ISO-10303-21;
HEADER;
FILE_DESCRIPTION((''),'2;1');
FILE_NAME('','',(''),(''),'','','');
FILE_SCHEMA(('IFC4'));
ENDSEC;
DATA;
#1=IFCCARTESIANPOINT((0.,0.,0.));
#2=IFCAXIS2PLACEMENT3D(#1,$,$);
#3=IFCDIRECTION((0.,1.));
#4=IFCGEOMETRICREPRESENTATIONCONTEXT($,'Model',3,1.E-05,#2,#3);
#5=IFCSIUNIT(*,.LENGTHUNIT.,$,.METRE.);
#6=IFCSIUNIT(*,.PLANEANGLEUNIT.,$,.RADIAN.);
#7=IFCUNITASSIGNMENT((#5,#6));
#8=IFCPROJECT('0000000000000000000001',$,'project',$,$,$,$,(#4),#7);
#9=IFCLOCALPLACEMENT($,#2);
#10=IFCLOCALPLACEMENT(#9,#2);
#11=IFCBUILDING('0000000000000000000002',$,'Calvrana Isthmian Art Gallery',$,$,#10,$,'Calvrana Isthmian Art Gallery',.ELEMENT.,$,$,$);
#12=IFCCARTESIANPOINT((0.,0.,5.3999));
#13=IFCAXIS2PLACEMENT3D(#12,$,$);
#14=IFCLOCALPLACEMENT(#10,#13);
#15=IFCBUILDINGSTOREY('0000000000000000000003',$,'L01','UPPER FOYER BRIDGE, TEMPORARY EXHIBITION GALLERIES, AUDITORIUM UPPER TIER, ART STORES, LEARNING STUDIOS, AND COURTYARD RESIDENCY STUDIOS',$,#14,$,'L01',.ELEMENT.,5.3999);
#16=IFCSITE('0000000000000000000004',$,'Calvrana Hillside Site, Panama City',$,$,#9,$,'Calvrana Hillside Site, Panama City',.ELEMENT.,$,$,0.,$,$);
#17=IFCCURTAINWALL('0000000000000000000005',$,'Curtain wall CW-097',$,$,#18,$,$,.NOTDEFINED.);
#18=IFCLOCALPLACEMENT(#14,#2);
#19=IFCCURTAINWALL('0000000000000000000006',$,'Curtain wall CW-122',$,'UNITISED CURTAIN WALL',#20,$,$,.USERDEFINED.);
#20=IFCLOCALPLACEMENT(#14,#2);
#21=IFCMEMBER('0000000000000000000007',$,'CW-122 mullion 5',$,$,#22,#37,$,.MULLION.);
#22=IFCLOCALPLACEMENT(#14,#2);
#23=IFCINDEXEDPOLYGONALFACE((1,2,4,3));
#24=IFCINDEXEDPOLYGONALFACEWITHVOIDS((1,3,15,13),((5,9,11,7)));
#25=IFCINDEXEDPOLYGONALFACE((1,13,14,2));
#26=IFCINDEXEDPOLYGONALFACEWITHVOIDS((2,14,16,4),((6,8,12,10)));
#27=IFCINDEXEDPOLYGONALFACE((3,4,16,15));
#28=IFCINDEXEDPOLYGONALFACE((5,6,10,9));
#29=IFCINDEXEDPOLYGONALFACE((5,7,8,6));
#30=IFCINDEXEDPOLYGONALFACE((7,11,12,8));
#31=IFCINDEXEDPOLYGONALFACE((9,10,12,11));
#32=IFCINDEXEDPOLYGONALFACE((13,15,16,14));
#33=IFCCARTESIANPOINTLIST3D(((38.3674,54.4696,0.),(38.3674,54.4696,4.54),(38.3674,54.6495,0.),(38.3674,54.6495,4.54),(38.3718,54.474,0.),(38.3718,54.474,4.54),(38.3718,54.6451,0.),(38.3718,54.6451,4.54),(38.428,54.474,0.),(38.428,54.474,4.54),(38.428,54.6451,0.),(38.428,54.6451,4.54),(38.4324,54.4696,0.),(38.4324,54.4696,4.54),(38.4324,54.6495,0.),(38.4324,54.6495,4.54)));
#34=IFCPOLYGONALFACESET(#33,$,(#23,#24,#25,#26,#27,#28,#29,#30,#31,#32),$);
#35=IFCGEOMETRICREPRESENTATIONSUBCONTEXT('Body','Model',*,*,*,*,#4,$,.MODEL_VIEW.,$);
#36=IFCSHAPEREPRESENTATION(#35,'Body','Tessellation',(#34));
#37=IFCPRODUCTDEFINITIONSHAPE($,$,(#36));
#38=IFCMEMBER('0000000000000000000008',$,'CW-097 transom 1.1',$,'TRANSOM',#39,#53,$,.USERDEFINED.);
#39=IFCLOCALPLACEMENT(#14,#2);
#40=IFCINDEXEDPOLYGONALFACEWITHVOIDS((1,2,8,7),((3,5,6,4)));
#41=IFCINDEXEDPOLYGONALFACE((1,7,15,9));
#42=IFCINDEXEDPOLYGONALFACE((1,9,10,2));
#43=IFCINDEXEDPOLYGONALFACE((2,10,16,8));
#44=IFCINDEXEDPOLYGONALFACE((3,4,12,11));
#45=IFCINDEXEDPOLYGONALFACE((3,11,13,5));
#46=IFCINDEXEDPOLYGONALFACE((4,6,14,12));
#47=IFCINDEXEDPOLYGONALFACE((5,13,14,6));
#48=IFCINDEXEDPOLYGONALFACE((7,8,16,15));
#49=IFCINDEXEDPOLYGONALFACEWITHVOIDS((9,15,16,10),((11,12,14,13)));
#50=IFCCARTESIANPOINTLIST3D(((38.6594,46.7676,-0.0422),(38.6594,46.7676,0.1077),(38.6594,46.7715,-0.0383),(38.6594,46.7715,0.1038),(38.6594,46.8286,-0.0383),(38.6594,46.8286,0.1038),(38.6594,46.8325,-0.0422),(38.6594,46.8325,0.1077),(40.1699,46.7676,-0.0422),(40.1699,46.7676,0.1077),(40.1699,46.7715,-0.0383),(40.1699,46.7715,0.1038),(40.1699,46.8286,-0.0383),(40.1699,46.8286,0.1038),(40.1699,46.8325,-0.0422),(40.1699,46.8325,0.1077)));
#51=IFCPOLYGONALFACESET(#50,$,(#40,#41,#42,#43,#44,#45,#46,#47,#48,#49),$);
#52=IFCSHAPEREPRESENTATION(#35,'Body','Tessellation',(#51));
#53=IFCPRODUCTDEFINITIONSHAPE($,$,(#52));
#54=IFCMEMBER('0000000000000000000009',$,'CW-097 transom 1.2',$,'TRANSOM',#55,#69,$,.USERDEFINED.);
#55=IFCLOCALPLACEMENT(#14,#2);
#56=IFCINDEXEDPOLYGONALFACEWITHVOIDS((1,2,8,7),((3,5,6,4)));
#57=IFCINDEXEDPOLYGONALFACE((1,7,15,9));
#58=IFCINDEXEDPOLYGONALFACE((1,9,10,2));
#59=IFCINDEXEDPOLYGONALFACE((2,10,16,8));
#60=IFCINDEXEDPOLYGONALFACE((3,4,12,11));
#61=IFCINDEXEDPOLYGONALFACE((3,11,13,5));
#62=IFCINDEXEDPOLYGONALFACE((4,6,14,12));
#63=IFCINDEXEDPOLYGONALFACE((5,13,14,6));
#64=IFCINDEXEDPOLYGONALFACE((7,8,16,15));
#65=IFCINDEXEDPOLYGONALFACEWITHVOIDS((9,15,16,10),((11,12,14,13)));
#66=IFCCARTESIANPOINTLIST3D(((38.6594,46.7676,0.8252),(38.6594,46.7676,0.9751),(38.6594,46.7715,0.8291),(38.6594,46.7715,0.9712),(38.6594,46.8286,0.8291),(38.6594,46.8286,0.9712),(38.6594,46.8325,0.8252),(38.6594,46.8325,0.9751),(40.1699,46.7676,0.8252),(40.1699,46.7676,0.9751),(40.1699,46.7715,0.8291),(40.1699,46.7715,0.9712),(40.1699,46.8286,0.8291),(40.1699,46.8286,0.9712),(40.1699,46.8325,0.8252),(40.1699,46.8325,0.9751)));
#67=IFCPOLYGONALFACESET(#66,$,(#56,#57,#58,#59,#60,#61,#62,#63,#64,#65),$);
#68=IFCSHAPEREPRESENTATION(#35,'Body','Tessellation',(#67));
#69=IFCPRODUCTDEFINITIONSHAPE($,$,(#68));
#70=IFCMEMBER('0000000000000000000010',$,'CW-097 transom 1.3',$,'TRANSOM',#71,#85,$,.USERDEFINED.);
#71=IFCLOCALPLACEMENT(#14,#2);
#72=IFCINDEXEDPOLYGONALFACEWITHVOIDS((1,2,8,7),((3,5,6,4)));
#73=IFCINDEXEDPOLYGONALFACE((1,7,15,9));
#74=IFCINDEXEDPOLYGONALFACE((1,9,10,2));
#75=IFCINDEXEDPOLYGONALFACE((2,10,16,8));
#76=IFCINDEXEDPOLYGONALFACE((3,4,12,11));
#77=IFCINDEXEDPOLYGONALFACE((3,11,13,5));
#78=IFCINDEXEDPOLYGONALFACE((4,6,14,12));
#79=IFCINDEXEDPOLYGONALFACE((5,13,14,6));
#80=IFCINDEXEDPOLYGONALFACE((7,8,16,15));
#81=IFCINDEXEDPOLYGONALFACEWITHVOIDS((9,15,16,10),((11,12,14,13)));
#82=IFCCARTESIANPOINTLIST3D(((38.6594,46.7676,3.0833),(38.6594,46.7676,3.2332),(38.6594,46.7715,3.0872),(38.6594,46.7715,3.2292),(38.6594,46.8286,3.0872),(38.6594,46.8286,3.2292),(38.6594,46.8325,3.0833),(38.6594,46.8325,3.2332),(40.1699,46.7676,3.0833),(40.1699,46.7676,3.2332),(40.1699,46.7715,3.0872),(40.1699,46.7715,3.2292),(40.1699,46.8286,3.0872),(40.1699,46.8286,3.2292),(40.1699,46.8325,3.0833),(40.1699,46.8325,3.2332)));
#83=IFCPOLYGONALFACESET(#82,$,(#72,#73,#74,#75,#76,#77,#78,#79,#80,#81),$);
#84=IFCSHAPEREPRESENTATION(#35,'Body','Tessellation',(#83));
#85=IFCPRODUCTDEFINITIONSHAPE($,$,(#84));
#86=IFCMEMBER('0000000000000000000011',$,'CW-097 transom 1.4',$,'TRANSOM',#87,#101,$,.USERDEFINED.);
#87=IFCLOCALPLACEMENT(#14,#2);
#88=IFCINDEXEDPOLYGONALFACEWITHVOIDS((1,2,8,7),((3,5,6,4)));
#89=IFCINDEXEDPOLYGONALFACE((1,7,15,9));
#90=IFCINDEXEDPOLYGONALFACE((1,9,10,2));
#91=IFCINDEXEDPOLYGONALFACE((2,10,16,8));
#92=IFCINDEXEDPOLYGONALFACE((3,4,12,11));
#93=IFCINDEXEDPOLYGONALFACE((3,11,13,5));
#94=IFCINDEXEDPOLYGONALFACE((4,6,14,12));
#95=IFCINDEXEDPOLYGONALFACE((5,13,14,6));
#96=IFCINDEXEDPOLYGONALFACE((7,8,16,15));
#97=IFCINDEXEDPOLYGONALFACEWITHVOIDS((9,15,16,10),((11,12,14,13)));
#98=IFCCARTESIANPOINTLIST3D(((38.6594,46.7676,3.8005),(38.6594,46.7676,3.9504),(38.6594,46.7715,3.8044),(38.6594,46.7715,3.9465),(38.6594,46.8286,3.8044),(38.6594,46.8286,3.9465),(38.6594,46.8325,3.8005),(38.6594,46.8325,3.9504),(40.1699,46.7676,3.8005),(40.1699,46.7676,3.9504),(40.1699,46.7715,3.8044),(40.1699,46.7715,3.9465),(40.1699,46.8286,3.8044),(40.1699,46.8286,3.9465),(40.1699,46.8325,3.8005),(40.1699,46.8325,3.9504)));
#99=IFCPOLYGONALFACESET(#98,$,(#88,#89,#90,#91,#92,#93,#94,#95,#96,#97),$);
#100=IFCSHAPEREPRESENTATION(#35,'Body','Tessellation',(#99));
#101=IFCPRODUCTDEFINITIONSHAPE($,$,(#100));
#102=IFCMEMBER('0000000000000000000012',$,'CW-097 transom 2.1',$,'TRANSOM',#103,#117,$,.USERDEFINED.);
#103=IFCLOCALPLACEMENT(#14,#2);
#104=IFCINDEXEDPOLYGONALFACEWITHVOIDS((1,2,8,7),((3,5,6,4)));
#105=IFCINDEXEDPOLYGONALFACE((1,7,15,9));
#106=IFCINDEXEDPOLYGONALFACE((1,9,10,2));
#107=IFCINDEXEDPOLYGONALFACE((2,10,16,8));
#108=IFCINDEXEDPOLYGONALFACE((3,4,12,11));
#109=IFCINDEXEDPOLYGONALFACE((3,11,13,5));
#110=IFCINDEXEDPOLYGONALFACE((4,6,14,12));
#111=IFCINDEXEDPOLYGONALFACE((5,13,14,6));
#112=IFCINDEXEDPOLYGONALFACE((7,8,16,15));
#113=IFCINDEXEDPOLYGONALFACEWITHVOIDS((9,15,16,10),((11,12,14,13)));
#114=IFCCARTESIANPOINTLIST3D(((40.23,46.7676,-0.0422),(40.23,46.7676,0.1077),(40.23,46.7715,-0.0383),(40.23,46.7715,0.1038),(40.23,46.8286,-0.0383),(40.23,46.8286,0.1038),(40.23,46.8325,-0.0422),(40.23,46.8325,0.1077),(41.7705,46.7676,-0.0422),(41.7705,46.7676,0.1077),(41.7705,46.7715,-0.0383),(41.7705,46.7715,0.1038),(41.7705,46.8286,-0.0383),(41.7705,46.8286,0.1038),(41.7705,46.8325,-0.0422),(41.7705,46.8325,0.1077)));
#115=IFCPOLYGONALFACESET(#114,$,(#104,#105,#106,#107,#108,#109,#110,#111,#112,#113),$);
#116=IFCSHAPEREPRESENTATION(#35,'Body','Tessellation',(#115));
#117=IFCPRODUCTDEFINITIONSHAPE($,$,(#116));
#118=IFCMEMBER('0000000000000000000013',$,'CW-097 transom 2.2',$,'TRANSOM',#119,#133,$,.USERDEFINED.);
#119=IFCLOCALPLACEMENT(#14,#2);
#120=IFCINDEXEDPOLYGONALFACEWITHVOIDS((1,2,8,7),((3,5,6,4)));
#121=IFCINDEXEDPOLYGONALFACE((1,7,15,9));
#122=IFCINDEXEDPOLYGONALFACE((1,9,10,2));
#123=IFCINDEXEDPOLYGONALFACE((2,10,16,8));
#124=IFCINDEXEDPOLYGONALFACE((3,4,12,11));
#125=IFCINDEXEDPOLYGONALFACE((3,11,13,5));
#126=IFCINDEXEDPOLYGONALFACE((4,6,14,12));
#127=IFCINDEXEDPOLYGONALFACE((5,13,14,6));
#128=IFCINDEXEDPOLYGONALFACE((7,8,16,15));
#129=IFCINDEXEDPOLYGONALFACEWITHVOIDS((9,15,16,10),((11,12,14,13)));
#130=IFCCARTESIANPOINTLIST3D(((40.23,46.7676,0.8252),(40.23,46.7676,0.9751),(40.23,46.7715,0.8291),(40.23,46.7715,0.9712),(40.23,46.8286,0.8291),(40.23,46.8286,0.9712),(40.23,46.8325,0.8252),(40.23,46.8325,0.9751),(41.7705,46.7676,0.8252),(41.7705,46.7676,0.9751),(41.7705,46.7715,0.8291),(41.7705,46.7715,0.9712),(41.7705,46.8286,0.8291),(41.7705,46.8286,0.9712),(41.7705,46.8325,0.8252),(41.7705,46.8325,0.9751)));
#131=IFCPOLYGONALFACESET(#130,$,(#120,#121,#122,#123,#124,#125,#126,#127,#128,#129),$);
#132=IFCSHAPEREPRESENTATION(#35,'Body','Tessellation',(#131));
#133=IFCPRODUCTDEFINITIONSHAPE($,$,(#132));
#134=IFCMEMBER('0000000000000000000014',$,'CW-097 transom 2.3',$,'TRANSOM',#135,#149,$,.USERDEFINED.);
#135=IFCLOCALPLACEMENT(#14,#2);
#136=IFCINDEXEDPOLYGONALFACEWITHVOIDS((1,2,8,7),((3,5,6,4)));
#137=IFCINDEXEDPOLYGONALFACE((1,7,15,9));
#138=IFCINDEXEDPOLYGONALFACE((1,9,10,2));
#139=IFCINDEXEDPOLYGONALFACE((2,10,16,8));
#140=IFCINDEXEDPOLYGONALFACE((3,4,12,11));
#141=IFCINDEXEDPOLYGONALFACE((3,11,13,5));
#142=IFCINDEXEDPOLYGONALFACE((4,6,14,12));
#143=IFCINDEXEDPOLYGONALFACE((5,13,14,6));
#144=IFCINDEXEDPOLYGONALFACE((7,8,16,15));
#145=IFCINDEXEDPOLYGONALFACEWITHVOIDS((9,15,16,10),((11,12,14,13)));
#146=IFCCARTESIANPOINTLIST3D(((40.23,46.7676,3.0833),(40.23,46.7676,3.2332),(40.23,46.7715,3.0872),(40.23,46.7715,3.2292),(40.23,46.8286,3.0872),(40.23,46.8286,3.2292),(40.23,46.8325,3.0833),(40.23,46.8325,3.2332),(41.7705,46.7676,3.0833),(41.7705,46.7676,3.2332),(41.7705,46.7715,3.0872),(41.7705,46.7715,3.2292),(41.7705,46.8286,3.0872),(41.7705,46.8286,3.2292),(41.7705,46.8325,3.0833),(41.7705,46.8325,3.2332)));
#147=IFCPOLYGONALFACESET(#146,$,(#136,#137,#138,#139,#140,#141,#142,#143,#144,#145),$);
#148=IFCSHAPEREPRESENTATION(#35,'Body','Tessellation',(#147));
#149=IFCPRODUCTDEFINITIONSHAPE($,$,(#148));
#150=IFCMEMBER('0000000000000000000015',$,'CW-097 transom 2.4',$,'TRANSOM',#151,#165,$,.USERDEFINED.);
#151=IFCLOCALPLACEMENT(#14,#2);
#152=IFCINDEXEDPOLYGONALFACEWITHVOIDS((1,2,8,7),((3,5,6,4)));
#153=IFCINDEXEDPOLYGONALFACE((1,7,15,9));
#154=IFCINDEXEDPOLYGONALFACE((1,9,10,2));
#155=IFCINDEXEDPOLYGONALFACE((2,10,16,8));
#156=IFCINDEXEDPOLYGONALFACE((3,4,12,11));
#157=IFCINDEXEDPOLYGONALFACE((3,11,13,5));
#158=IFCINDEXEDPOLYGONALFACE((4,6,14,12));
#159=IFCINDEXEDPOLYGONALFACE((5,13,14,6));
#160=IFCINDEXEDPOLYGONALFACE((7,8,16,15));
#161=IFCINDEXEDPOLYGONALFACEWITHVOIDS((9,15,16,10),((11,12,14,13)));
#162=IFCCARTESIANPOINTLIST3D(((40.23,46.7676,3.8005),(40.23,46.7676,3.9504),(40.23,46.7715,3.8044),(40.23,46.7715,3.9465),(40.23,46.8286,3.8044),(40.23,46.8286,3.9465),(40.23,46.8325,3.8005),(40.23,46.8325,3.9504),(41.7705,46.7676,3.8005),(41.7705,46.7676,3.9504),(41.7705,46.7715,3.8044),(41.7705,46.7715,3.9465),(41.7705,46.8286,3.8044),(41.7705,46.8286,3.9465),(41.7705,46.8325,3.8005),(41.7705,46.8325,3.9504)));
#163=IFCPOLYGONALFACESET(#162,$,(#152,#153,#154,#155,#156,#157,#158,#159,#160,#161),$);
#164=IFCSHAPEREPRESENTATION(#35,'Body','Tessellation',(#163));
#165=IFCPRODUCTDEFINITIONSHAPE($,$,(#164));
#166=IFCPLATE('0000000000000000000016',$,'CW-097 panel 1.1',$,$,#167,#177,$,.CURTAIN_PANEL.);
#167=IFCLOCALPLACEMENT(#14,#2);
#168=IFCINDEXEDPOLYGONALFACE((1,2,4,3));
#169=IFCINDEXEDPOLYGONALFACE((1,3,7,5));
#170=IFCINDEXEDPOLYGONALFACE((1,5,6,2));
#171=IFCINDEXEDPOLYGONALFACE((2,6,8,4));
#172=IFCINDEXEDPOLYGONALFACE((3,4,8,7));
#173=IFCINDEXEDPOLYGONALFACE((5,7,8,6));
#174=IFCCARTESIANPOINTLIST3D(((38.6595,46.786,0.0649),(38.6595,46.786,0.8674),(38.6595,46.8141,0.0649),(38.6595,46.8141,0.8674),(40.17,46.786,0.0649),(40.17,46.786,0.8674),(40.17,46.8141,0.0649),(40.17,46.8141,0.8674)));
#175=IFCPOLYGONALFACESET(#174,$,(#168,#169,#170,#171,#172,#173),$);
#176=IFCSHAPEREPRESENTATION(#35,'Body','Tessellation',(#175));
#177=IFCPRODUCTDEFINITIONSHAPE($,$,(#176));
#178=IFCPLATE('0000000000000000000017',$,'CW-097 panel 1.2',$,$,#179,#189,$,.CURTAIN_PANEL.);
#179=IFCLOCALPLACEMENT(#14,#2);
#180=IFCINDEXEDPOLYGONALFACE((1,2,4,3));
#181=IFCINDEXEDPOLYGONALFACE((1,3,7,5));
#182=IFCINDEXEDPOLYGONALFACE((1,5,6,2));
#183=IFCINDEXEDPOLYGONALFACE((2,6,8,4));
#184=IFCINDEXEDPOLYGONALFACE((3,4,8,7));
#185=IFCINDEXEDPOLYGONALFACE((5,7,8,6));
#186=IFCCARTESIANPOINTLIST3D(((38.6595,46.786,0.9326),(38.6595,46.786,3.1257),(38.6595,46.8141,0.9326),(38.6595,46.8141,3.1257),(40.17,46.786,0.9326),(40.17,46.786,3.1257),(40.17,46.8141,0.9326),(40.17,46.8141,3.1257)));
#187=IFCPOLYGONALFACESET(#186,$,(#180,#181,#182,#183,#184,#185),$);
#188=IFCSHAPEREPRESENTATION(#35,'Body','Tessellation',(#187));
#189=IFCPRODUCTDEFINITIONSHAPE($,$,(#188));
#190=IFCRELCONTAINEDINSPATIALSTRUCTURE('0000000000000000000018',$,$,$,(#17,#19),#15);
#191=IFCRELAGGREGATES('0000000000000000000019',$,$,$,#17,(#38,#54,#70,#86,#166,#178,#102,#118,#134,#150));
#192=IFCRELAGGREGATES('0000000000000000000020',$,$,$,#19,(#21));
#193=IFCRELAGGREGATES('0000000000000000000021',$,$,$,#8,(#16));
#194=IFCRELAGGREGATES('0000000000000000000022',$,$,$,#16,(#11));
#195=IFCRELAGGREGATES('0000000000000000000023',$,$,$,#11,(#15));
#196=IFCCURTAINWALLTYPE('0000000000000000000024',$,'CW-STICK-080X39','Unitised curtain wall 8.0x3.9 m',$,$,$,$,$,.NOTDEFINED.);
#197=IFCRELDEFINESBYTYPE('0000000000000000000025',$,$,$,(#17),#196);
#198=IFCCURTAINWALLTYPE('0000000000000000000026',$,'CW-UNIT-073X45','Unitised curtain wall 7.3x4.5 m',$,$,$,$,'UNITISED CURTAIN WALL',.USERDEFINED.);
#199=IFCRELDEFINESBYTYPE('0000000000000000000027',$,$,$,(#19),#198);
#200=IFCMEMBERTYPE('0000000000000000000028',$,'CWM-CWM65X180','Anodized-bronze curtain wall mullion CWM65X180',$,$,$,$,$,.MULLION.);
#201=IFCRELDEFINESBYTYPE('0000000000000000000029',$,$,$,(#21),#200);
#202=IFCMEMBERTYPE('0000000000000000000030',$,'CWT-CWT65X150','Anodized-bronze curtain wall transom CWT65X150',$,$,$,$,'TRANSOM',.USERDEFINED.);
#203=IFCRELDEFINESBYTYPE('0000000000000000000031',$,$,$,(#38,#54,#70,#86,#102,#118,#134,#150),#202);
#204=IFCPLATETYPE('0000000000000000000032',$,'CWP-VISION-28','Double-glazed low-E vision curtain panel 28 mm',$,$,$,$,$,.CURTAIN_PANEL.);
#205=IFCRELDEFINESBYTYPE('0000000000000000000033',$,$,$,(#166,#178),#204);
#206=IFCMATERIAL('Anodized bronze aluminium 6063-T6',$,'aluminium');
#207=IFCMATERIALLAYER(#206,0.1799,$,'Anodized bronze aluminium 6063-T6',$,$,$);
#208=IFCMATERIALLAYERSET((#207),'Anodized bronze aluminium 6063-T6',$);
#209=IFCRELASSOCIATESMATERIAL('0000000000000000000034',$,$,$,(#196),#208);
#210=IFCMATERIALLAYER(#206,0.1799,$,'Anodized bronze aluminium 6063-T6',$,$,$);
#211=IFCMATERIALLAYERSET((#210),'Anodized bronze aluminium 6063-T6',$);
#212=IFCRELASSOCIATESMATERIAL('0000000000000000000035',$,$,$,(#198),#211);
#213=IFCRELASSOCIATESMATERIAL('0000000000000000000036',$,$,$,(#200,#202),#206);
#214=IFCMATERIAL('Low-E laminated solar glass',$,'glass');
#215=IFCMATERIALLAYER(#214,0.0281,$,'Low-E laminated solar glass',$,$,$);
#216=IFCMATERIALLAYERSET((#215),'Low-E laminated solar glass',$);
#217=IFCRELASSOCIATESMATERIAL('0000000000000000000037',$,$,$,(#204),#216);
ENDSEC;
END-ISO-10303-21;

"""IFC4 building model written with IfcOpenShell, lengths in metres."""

from ifc_helpers import new_model, si_unit, direction, frame, origin, origin_2d, place, context, subcontext, project, spatial, rectangle, hollow_rectangle, extrude, material, layer, layer_set, material_profile, profile_set, type_object, element, aggregate, save


model = new_model("IFC4")

# Units and contexts
model_context = context("Model", 3, precision=1e-05, world=origin(), true_north=direction((0.0, 1.0)))
body_context = subcontext(model_context, "Body", "Model", "MODEL_VIEW")
ifc_project = project(units=[si_unit("LENGTHUNIT", "METRE"), si_unit("PLANEANGLEUNIT", "RADIAN")], contexts=[model_context])

# Site, building, storey
site_placement = place(None, origin())
site = spatial("IfcSite", under=ifc_project, at=site_placement, Name="Calvrana Hillside Site, Panama City", LongName="Calvrana Hillside Site, Panama City", CompositionType="ELEMENT", RefElevation=0.0)
building_placement = place(site_placement, origin())
building = spatial("IfcBuilding", under=site, at=building_placement, Name="Calvrana Isthmian Art Gallery", LongName="Calvrana Isthmian Art Gallery", CompositionType="ELEMENT")
storey_placement = place(building_placement, frame((0.0, 0.0, 5.3999)))
storey = spatial("IfcBuildingStorey", under=building, at=storey_placement, Name="L01", Description="UPPER FOYER BRIDGE, TEMPORARY EXHIBITION GALLERIES, AUDITORIUM UPPER TIER, ART STORES, LEARNING STUDIOS, AND COURTYARD RESIDENCY STUDIOS", LongName="L01", CompositionType="ELEMENT", Elevation=5.3999)

# Curtain wall
ifc_material_1 = material(Name="Anodized bronze aluminium 6063-T6", Category="aluminium")
ifc_layer_1 = layer(ifc_material_1, 0.1799, Name="Anodized bronze aluminium 6063-T6")
ifc_layer_set_1 = layer_set([ifc_layer_1], Name="Anodized bronze aluminium 6063-T6")
curtain_wall_type_1 = type_object("IfcCurtainWallType", Name="CW-STICK-080X39", Description="Unitised curtain wall 8.0x3.9 m", PredefinedType="NOTDEFINED", material=ifc_layer_set_1)
curtain_wall_1_placement = place(storey_placement, origin())
curtain_wall_1 = element("IfcCurtainWall", 1, at=curtain_wall_1_placement, inside=storey, type_object=curtain_wall_type_1, Name="Curtain wall CW-097", PredefinedType="NOTDEFINED")

# Curtain wall, member
ifc_layer_2 = layer(ifc_material_1, 0.1799, Name="Anodized bronze aluminium 6063-T6")
ifc_layer_set_2 = layer_set([ifc_layer_2], Name="Anodized bronze aluminium 6063-T6")
curtain_wall_type_2 = type_object("IfcCurtainWallType", Name="CW-UNIT-073X45", Description="Unitised curtain wall 7.3x4.5 m", ElementType="UNITISED CURTAIN WALL", PredefinedType="USERDEFINED", material=ifc_layer_set_2)
curtain_wall_2_placement = place(storey_placement, origin())
curtain_wall_2 = element("IfcCurtainWall", 2, at=curtain_wall_2_placement, inside=storey, type_object=curtain_wall_type_2, Name="Curtain wall CW-122", ObjectType="UNITISED CURTAIN WALL", PredefinedType="USERDEFINED")
ifc_material_profile_1 = material_profile(ifc_material_1, hollow_rectangle(XDim=0.0649, YDim=0.1799, WallThickness=0.0044, at=origin_2d()), Name="CWM65X180")
ifc_profile_set_1 = profile_set([ifc_material_profile_1], Name="Anodized bronze aluminium 6063-T6")
member_type_1 = type_object("IfcMemberType", Name="CWM-CWM65X180", Description="Anodized-bronze curtain wall mullion CWM65X180", PredefinedType="MULLION", material=ifc_profile_set_1)
member_1_placement = place(storey_placement, frame((38.3999, 54.5596, 0.0), z_axis=(0.0, 0.0, 1.0), x_axis=(1.0, 0.0, 0.0)))
member_1 = element("IfcMember", 3, at=member_1_placement, type_object=member_type_1, Name="CW-122 mullion 5", PredefinedType="MULLION", context=body_context, shape_type="SweptSolid", body=[
    extrude(hollow_rectangle(XDim=0.0649, YDim=0.1799, WallThickness=0.0044, at=origin_2d()), origin(), (0.0, 0.0, 1.0), 4.54),
])

# Members
ifc_material_profile_2 = material_profile(ifc_material_1, hollow_rectangle(XDim=0.0649, YDim=0.1499, WallThickness=0.0039, at=origin_2d()), Name="CWT65X150")
ifc_profile_set_2 = profile_set([ifc_material_profile_2], Name="Anodized bronze aluminium 6063-T6")
member_type_2 = type_object("IfcMemberType", Name="CWT-CWT65X150", Description="Anodized-bronze curtain wall transom CWT65X150", ElementType="TRANSOM", PredefinedType="USERDEFINED", material=ifc_profile_set_2)
member_2_placement = place(storey_placement, frame((38.6594, 46.8, 0.0327), z_axis=(1.0, 0.0, 0.0), x_axis=(0.0, 1.0, 0.0)))
member_2 = element("IfcMember", 4, at=member_2_placement, type_object=member_type_2, Name="CW-097 transom 1.1", ObjectType="TRANSOM", PredefinedType="USERDEFINED", context=body_context, shape_type="SweptSolid", body=[
    extrude(hollow_rectangle(XDim=0.0649, YDim=0.1499, WallThickness=0.0039, at=origin_2d()), origin(), (0.0, 0.0, 1.0), 1.5105),
])
member_3_placement = place(storey_placement, frame((38.6594, 46.8, 0.9001), z_axis=(1.0, 0.0, 0.0), x_axis=(0.0, 1.0, 0.0)))
member_3 = element("IfcMember", 5, at=member_3_placement, type_object=member_type_2, Name="CW-097 transom 1.2", ObjectType="TRANSOM", PredefinedType="USERDEFINED", context=body_context, shape_type="SweptSolid", body=[
    extrude(hollow_rectangle(XDim=0.0649, YDim=0.1499, WallThickness=0.0039, at=origin_2d()), origin(), (0.0, 0.0, 1.0), 1.5105),
])
member_4_placement = place(storey_placement, frame((38.6594, 46.8, 3.1582), z_axis=(1.0, 0.0, 0.0), x_axis=(0.0, 1.0, 0.0)))
member_4 = element("IfcMember", 6, at=member_4_placement, type_object=member_type_2, Name="CW-097 transom 1.3", ObjectType="TRANSOM", PredefinedType="USERDEFINED", context=body_context, shape_type="SweptSolid", body=[
    extrude(hollow_rectangle(XDim=0.0649, YDim=0.1499, WallThickness=0.0039, at=origin_2d()), origin(), (0.0, 0.0, 1.0), 1.5105),
])
member_5_placement = place(storey_placement, frame((38.6594, 46.8, 3.8755), z_axis=(1.0, 0.0, 0.0), x_axis=(0.0, 1.0, 0.0)))
member_5 = element("IfcMember", 7, at=member_5_placement, type_object=member_type_2, Name="CW-097 transom 1.4", ObjectType="TRANSOM", PredefinedType="USERDEFINED", context=body_context, shape_type="SweptSolid", body=[
    extrude(hollow_rectangle(XDim=0.0649, YDim=0.1499, WallThickness=0.0039, at=origin_2d()), origin(), (0.0, 0.0, 1.0), 1.5105),
])
member_6_placement = place(storey_placement, frame((40.23, 46.8, 0.0327), z_axis=(1.0, 0.0, 0.0), x_axis=(0.0, 1.0, 0.0)))
member_6 = element("IfcMember", 8, at=member_6_placement, type_object=member_type_2, Name="CW-097 transom 2.1", ObjectType="TRANSOM", PredefinedType="USERDEFINED", context=body_context, shape_type="SweptSolid", body=[
    extrude(hollow_rectangle(XDim=0.0649, YDim=0.1499, WallThickness=0.0039, at=origin_2d()), origin(), (0.0, 0.0, 1.0), 1.5405),
])
member_7_placement = place(storey_placement, frame((40.23, 46.8, 0.9001), z_axis=(1.0, 0.0, 0.0), x_axis=(0.0, 1.0, 0.0)))
member_7 = element("IfcMember", 9, at=member_7_placement, type_object=member_type_2, Name="CW-097 transom 2.2", ObjectType="TRANSOM", PredefinedType="USERDEFINED", context=body_context, shape_type="SweptSolid", body=[
    extrude(hollow_rectangle(XDim=0.0649, YDim=0.1499, WallThickness=0.0039, at=origin_2d()), origin(), (0.0, 0.0, 1.0), 1.5405),
])
member_8_placement = place(storey_placement, frame((40.23, 46.8, 3.1582), z_axis=(1.0, 0.0, 0.0), x_axis=(0.0, 1.0, 0.0)))
member_8 = element("IfcMember", 10, at=member_8_placement, type_object=member_type_2, Name="CW-097 transom 2.3", ObjectType="TRANSOM", PredefinedType="USERDEFINED", context=body_context, shape_type="SweptSolid", body=[
    extrude(hollow_rectangle(XDim=0.0649, YDim=0.1499, WallThickness=0.0039, at=origin_2d()), origin(), (0.0, 0.0, 1.0), 1.5405),
])
member_9_placement = place(storey_placement, frame((40.23, 46.8, 3.8755), z_axis=(1.0, 0.0, 0.0), x_axis=(0.0, 1.0, 0.0)))
member_9 = element("IfcMember", 11, at=member_9_placement, type_object=member_type_2, Name="CW-097 transom 2.4", ObjectType="TRANSOM", PredefinedType="USERDEFINED", context=body_context, shape_type="SweptSolid", body=[
    extrude(hollow_rectangle(XDim=0.0649, YDim=0.1499, WallThickness=0.0039, at=origin_2d()), origin(), (0.0, 0.0, 1.0), 1.5405),
])

# Plates
ifc_material_2 = material(Name="Low-E laminated solar glass", Category="glass")
ifc_layer_3 = layer(ifc_material_2, 0.0281, Name="Low-E laminated solar glass")
ifc_layer_set_3 = layer_set([ifc_layer_3], Name="Low-E laminated solar glass")
plate_type_1 = type_object("IfcPlateType", Name="CWP-VISION-28", Description="Double-glazed low-E vision curtain panel 28 mm", PredefinedType="CURTAIN_PANEL", material=ifc_layer_set_3)
plate_1_placement = place(storey_placement, frame((39.4148, 46.8, 0.0649), z_axis=(0.0, 0.0, 1.0), x_axis=(1.0, 0.0, 0.0)))
plate_1 = element("IfcPlate", 12, at=plate_1_placement, type_object=plate_type_1, Name="CW-097 panel 1.1", PredefinedType="CURTAIN_PANEL", context=body_context, shape_type="SweptSolid", body=[
    extrude(rectangle(XDim=1.5105, YDim=0.0281, at=origin_2d()), origin(), (0.0, 0.0, 1.0), 0.8025),
])
plate_2_placement = place(storey_placement, frame((39.4148, 46.8, 0.9326), z_axis=(0.0, 0.0, 1.0), x_axis=(1.0, 0.0, 0.0)))
plate_2 = element("IfcPlate", 13, at=plate_2_placement, type_object=plate_type_1, Name="CW-097 panel 1.2", PredefinedType="CURTAIN_PANEL", context=body_context, shape_type="SweptSolid", body=[
    extrude(rectangle(XDim=1.5105, YDim=0.0281, at=origin_2d()), origin(), (0.0, 0.0, 1.0), 2.1931),
])
aggregate(curtain_wall_1, [member_2, member_3, member_4, member_5, plate_1, plate_2, member_6, member_7, member_8, member_9])
aggregate(curtain_wall_2, [member_1])

save(model, "model.ifc")
